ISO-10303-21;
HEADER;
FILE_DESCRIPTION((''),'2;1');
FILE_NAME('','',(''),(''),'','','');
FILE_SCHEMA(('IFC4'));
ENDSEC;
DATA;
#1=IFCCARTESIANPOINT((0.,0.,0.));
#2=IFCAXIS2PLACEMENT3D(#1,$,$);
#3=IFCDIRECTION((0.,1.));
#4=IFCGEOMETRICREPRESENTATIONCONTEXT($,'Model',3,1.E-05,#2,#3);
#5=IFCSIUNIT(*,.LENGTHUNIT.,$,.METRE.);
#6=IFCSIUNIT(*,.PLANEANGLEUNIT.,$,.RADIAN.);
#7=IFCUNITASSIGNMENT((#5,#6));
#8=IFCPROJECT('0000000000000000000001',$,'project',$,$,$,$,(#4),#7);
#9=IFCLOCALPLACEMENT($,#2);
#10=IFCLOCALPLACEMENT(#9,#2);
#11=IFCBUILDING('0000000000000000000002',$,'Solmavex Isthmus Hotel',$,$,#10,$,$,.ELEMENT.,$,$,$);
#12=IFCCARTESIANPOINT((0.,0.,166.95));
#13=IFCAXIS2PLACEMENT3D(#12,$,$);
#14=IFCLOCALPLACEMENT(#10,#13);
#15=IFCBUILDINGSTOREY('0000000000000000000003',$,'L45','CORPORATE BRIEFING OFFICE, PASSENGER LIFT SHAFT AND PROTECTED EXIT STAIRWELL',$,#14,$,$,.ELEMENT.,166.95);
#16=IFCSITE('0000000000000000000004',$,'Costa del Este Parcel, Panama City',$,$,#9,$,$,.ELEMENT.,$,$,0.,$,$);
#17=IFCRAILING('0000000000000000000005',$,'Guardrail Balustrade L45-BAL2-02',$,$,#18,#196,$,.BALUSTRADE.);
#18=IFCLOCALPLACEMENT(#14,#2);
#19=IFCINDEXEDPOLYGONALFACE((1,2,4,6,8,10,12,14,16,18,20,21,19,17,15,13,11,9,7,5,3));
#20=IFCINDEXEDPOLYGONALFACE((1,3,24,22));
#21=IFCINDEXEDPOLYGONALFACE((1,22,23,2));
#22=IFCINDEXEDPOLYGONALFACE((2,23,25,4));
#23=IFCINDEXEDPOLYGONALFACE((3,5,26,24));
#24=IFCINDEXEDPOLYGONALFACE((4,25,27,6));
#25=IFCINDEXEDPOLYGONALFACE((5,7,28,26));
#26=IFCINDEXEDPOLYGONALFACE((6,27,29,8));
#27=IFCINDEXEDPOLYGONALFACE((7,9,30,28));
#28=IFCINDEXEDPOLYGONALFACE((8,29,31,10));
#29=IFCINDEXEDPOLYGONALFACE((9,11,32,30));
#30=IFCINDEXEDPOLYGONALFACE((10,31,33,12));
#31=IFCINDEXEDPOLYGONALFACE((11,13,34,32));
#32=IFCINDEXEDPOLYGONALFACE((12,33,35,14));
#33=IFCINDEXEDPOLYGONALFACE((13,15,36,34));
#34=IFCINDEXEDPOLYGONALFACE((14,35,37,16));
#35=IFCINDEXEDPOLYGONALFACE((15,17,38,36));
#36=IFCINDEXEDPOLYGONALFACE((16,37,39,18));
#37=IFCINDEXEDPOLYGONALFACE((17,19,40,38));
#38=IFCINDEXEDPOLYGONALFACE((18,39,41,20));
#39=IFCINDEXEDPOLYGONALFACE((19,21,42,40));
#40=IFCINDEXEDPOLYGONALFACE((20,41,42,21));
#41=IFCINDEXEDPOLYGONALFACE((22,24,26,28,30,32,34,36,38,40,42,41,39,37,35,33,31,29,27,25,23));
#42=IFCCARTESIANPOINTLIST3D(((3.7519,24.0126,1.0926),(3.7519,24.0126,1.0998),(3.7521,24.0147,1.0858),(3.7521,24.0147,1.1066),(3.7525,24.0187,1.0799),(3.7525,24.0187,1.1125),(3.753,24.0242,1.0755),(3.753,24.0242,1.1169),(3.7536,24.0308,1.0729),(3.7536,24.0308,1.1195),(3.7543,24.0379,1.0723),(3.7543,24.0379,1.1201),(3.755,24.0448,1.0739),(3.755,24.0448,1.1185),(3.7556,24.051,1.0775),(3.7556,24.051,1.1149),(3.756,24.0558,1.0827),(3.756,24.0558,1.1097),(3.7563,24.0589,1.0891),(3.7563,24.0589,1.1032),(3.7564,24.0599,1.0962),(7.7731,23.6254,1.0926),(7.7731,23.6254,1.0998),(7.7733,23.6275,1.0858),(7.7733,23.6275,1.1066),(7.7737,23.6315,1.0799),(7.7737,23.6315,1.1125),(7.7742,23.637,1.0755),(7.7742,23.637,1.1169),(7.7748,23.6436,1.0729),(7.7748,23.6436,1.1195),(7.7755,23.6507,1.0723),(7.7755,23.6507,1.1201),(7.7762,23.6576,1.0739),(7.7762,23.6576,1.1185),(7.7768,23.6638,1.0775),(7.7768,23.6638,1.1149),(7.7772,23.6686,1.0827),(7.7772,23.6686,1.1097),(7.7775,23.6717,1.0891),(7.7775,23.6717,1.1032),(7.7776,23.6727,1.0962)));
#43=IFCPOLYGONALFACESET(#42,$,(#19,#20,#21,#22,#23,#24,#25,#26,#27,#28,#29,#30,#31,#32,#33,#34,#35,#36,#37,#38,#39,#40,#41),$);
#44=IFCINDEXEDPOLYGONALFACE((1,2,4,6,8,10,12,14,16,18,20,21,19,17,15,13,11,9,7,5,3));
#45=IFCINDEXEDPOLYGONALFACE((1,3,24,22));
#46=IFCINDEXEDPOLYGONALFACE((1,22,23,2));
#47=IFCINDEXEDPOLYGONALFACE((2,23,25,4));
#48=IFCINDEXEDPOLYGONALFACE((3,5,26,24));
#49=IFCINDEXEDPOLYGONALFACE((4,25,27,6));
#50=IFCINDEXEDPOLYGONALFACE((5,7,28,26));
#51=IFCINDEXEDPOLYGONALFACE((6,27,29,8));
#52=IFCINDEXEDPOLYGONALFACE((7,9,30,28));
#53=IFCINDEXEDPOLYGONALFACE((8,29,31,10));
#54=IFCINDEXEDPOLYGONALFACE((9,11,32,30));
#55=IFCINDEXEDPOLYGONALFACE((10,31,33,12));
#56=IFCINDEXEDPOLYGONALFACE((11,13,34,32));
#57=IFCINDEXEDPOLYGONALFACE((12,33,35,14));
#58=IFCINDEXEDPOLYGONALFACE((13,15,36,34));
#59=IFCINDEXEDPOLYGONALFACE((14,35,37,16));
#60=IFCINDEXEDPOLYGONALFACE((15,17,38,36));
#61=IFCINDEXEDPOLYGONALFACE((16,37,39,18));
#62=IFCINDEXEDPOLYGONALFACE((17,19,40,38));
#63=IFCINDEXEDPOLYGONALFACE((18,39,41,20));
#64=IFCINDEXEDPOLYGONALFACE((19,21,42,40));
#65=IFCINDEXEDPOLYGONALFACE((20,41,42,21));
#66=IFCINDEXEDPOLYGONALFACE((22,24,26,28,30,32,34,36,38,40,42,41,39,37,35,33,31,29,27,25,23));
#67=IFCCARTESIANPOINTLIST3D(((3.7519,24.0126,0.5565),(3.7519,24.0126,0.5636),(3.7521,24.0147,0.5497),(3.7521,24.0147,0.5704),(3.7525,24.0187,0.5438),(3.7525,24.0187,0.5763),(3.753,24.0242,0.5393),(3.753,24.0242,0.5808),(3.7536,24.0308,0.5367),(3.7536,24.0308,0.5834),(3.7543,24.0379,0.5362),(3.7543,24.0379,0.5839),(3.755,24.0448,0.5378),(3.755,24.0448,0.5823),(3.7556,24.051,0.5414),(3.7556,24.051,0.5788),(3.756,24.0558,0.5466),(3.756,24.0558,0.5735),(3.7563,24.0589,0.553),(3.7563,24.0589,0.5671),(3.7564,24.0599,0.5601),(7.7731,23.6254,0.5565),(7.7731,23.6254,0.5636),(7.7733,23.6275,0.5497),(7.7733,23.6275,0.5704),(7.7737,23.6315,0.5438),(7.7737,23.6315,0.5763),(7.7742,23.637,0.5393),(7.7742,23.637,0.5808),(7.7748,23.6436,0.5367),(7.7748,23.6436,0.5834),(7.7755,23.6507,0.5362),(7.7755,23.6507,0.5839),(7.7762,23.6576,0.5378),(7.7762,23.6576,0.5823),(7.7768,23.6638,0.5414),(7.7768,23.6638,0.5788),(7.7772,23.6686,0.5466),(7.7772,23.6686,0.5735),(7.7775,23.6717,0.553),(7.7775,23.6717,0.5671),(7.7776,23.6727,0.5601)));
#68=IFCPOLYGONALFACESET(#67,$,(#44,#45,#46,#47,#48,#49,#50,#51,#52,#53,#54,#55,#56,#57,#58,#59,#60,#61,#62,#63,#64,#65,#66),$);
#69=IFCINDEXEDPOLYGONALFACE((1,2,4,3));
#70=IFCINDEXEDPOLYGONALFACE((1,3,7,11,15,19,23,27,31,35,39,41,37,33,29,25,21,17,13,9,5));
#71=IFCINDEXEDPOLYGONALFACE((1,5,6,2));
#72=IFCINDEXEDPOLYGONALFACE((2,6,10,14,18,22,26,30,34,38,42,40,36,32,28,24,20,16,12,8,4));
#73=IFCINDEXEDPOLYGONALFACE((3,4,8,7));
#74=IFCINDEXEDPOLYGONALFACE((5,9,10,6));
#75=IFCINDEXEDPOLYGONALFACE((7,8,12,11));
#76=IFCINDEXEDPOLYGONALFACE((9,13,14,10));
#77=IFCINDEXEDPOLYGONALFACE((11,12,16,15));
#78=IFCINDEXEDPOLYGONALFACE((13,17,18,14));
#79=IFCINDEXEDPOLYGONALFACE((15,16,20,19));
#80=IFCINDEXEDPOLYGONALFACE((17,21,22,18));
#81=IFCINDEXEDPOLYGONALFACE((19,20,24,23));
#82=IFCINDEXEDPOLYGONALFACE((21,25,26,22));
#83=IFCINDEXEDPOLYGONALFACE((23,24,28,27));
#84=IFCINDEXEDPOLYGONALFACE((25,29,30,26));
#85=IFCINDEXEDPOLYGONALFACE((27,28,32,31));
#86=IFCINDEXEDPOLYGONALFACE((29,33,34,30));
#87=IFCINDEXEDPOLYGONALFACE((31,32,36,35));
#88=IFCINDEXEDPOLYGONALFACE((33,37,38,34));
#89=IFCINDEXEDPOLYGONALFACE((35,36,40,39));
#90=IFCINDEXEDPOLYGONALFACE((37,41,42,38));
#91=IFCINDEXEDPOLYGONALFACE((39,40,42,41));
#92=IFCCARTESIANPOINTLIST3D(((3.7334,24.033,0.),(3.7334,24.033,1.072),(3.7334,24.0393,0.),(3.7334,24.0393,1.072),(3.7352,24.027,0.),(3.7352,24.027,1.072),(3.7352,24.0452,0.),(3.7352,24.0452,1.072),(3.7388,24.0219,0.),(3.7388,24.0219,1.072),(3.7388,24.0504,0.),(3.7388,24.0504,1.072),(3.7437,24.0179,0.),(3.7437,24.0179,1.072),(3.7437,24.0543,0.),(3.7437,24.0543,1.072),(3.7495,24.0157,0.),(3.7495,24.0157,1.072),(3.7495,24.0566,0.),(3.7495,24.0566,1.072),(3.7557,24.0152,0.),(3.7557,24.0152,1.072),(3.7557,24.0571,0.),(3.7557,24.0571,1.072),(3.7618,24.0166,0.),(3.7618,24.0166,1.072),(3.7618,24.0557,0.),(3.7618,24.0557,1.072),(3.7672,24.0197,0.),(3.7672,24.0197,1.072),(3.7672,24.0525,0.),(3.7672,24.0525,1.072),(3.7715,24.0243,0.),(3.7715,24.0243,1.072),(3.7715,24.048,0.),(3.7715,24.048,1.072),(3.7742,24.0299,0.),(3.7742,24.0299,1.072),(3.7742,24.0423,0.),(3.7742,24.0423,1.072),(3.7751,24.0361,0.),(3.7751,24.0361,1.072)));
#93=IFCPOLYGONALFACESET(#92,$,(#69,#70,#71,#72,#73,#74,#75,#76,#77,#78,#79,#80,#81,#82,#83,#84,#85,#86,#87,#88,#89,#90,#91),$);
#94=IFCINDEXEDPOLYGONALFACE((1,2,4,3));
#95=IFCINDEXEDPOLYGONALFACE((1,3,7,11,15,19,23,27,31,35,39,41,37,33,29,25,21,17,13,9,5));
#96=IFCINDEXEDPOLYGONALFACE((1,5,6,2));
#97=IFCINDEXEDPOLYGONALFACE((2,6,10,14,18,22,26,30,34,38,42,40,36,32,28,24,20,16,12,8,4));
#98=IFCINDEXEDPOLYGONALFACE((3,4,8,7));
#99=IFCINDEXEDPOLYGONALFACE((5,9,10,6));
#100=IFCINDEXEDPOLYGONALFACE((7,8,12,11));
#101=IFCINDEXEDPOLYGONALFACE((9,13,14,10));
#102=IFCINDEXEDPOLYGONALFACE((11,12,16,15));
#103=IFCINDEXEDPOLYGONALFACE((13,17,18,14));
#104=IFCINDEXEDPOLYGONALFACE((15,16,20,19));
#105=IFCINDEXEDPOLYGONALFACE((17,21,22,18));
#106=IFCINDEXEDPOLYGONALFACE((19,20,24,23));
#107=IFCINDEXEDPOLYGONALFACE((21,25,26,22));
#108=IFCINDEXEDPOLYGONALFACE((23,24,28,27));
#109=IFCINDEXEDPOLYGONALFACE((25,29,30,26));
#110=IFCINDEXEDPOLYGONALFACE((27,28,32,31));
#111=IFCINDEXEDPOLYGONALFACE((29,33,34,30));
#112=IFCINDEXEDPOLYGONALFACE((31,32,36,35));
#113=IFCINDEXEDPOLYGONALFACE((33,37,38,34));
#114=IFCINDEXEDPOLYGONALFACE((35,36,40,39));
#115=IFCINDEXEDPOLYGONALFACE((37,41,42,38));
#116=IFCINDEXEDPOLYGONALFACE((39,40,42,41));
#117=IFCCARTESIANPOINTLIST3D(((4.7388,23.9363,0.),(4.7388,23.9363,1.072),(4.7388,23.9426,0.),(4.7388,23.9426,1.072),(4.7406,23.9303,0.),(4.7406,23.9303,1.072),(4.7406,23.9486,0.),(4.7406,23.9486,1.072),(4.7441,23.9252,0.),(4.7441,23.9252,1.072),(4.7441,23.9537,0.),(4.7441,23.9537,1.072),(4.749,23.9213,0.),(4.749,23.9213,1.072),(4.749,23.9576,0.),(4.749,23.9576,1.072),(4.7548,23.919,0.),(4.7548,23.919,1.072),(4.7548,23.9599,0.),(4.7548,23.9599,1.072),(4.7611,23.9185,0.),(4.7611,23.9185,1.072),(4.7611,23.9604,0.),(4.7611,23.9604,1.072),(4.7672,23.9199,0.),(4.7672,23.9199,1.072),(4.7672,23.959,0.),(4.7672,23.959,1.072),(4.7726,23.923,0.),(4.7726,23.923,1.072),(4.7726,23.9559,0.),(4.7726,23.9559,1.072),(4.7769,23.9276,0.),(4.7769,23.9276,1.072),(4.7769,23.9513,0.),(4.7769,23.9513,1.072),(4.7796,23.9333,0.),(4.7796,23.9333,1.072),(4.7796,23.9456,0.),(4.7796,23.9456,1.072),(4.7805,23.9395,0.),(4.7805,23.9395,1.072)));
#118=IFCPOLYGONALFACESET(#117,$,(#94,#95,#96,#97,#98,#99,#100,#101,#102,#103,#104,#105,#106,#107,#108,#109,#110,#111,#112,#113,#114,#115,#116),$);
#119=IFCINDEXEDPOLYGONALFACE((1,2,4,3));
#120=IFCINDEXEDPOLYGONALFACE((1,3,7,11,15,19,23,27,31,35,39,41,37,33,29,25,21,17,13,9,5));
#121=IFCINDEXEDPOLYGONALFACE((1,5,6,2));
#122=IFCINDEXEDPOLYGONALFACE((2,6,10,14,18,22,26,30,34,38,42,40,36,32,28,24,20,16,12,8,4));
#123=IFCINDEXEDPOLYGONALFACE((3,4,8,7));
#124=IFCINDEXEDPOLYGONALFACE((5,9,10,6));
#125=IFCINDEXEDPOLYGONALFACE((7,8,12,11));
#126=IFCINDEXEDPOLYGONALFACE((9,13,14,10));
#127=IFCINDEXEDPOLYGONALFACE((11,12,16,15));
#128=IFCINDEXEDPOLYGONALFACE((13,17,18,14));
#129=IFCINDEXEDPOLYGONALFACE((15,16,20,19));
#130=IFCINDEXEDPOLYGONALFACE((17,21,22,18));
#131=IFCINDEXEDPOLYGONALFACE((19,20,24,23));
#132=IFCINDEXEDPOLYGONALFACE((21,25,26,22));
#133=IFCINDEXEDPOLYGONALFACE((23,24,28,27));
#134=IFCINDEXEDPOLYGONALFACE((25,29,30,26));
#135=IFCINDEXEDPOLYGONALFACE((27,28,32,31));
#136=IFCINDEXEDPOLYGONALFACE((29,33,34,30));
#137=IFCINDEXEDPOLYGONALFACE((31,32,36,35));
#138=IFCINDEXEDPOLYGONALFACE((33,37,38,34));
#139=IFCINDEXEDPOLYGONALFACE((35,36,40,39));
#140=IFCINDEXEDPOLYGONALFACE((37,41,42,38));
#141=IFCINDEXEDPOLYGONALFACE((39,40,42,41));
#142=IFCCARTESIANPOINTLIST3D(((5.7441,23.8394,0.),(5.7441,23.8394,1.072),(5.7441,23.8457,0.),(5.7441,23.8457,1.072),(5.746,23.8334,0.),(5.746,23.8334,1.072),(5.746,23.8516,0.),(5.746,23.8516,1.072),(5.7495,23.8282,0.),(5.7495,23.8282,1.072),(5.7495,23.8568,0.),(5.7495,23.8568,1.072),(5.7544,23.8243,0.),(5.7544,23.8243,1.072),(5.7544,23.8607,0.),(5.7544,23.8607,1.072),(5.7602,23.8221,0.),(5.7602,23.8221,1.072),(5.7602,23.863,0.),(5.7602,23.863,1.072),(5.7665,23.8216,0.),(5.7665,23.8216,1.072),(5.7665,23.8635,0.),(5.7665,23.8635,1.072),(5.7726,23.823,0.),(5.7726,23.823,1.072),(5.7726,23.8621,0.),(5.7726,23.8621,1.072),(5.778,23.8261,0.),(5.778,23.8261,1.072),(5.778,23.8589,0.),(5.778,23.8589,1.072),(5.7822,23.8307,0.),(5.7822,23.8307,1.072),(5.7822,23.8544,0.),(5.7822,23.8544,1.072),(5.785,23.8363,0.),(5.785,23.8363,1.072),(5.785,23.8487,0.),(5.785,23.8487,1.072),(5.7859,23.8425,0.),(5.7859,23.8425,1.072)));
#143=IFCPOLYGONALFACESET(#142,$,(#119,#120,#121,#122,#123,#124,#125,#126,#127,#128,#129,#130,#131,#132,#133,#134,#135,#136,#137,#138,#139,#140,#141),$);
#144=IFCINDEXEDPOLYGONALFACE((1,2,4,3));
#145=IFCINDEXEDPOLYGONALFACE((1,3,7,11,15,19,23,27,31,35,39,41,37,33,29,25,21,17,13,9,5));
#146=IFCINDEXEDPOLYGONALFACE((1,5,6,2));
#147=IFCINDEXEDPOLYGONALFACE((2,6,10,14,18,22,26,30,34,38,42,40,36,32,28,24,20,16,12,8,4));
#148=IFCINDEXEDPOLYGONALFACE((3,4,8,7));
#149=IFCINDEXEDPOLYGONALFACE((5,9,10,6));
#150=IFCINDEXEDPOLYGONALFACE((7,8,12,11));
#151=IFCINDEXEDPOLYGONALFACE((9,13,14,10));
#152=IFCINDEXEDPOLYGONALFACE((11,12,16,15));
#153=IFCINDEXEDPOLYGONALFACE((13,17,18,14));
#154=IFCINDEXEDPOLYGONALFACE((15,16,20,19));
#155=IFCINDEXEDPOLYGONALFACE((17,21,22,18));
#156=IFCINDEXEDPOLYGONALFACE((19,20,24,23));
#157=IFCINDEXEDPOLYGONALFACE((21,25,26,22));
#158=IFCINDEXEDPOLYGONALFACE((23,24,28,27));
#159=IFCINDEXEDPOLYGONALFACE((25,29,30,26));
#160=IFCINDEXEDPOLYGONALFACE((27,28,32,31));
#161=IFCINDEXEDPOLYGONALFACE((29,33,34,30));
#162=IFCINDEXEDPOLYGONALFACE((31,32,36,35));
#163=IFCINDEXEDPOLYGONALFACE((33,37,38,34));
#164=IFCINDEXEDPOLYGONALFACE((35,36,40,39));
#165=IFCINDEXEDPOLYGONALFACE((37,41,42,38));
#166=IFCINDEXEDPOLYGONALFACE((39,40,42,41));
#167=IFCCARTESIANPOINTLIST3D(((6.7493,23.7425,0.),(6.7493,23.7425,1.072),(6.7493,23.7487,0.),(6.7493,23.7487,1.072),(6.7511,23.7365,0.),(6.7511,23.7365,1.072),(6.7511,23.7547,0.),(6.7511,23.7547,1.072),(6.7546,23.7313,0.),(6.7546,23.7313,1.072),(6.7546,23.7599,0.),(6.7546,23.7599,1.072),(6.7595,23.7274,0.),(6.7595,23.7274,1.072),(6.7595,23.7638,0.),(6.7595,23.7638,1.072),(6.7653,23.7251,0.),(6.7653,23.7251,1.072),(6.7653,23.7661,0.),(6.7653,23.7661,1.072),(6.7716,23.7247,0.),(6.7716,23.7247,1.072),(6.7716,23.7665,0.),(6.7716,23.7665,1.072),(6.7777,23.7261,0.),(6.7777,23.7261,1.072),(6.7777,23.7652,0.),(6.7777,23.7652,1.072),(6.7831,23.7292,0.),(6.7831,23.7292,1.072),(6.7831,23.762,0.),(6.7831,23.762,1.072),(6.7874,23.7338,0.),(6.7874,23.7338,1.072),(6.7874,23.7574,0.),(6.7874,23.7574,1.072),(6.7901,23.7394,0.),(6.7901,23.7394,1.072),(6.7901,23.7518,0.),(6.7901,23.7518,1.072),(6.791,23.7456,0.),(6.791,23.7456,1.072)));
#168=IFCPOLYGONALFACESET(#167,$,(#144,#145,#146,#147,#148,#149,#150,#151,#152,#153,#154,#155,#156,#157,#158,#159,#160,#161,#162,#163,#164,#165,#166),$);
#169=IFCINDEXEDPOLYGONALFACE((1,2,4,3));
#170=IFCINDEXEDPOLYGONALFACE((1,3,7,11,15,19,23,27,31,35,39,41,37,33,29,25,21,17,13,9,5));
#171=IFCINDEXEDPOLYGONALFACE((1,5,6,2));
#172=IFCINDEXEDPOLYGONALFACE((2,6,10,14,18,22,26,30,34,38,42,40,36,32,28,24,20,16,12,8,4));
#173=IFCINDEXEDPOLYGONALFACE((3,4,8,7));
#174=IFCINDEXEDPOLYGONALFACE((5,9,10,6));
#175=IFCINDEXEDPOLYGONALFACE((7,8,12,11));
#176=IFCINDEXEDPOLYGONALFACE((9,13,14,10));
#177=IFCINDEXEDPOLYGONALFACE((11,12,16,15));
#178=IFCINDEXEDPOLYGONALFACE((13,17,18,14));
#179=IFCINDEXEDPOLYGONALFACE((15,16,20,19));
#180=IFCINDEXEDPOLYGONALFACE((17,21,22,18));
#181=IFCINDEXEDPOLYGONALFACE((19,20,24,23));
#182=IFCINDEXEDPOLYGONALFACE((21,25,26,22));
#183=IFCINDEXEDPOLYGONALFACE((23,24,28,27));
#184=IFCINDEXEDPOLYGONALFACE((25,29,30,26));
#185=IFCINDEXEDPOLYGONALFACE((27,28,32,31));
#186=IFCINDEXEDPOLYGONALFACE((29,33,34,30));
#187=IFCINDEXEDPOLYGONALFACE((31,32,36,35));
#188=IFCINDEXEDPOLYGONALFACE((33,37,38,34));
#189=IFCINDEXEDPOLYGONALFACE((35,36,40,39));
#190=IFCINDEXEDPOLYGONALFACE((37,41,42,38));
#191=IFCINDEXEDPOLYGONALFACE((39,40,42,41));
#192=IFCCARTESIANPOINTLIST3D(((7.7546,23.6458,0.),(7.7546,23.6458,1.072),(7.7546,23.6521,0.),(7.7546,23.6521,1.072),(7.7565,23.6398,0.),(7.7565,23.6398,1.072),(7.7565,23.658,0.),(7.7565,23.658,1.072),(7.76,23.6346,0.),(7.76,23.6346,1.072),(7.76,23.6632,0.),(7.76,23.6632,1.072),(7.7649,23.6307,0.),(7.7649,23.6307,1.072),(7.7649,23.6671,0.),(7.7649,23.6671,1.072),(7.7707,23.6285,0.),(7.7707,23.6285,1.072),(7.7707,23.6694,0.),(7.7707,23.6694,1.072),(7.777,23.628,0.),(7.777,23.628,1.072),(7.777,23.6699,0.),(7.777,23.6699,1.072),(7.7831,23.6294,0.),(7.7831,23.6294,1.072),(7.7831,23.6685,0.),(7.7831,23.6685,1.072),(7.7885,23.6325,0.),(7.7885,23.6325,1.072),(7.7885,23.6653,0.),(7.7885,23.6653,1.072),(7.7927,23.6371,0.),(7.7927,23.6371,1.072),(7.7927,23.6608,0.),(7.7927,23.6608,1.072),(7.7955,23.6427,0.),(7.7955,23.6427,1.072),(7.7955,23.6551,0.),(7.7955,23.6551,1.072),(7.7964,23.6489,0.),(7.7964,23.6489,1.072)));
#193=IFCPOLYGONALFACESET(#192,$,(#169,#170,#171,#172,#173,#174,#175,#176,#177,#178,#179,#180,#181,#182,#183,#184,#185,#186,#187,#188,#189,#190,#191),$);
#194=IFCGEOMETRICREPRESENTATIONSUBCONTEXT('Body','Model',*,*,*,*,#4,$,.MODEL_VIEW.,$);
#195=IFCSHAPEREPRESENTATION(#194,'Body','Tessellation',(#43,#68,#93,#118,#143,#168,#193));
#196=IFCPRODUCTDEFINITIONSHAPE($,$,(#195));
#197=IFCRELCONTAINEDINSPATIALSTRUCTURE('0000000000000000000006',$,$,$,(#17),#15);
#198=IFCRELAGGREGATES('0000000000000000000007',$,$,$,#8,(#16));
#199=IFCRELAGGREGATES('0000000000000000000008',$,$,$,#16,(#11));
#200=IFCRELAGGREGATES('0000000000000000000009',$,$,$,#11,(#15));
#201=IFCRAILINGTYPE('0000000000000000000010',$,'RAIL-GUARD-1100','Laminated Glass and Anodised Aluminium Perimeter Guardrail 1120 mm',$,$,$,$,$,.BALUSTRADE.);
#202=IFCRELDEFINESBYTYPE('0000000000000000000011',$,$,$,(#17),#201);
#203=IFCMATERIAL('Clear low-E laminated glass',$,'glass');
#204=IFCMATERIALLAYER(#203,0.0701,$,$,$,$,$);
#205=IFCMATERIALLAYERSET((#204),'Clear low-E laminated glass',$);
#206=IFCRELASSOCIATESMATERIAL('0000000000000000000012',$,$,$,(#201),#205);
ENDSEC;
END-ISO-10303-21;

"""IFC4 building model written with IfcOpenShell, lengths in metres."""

from ifc_helpers import new_model, si_unit, direction, frame, origin, origin_2d, place, context, subcontext, project, spatial, circle, extrude, material, layer, layer_set, type_object, element, save


model = new_model("IFC4")

# Units and contexts
model_context = context("Model", 3, precision=1e-05, world=origin(), true_north=direction((0.0, 1.0)))
body_context = subcontext(model_context, "Body", "Model", "MODEL_VIEW")
ifc_project = project(units=[si_unit("LENGTHUNIT", "METRE"), si_unit("PLANEANGLEUNIT", "RADIAN")], contexts=[model_context])

# Site, building, storey
site_placement = place(None, origin())
site = spatial("IfcSite", under=ifc_project, at=site_placement, Name="Costa del Este Parcel, Panama City", CompositionType="ELEMENT", RefElevation=0.0)
building_placement = place(site_placement, origin())
building = spatial("IfcBuilding", under=site, at=building_placement, Name="Solmavex Isthmus Hotel", CompositionType="ELEMENT")
storey_placement = place(building_placement, frame((0.0, 0.0, 166.95)))
storey = spatial("IfcBuildingStorey", under=building, at=storey_placement, Name="L45", Description="CORPORATE BRIEFING OFFICE, PASSENGER LIFT SHAFT AND PROTECTED EXIT STAIRWELL", CompositionType="ELEMENT", Elevation=166.95)

# Shared definitions
ifc_material_1 = material(Name="Clear low-E laminated glass", Category="glass")

# Railing
ifc_layer_1 = layer(ifc_material_1, 0.0701)
ifc_layer_set_1 = layer_set([ifc_layer_1], Name="Clear low-E laminated glass")
railing_type = type_object("IfcRailingType", Name="RAIL-GUARD-1100", Description="Laminated Glass and Anodised Aluminium Perimeter Guardrail 1120 mm", PredefinedType="BALUSTRADE", material=ifc_layer_set_1)
railing_1_placement = place(storey_placement, frame((3.7542, 24.0361, 0.0)))
element("IfcRailing", 1, at=railing_1_placement, inside=storey, type_object=railing_type, Name="Guardrail Balustrade L45-BAL2-02", PredefinedType="BALUSTRADE", context=body_context, shape_type="SweptSolid", body=[
    extrude(circle(Radius=0.0239, at=origin_2d()), frame((0.0, 0.0, 1.0962), z_axis=(0.995396, -0.095847, 0.0), x_axis=(0.095847, 0.995396, 0.0)), (0.0, 0.0, 1.0), 4.0398),
    extrude(circle(Radius=0.0239, at=origin_2d()), frame((0.0, 0.0, 0.5601), z_axis=(0.995396, -0.095847, 0.0), x_axis=(0.095847, 0.995396, 0.0)), (0.0, 0.0, 1.0), 4.0398),
    extrude(circle(Radius=0.021, at=origin_2d()), origin(), (0.0, 0.0, 1.0), 1.072),
    extrude(circle(Radius=0.021, at=origin_2d()), frame((1.0054, -0.0967, 0.0)), (0.0, 0.0, 1.0), 1.072),
    extrude(circle(Radius=0.021, at=origin_2d()), frame((2.0107, -0.1936, 0.0)), (0.0, 0.0, 1.0), 1.072),
    extrude(circle(Radius=0.021, at=origin_2d()), frame((3.0159, -0.2905, 0.0)), (0.0, 0.0, 1.0), 1.072),
    extrude(circle(Radius=0.021, at=origin_2d()), frame((4.0212, -0.3872, 0.0)), (0.0, 0.0, 1.0), 1.072),
])

save(model, "model.ifc")
